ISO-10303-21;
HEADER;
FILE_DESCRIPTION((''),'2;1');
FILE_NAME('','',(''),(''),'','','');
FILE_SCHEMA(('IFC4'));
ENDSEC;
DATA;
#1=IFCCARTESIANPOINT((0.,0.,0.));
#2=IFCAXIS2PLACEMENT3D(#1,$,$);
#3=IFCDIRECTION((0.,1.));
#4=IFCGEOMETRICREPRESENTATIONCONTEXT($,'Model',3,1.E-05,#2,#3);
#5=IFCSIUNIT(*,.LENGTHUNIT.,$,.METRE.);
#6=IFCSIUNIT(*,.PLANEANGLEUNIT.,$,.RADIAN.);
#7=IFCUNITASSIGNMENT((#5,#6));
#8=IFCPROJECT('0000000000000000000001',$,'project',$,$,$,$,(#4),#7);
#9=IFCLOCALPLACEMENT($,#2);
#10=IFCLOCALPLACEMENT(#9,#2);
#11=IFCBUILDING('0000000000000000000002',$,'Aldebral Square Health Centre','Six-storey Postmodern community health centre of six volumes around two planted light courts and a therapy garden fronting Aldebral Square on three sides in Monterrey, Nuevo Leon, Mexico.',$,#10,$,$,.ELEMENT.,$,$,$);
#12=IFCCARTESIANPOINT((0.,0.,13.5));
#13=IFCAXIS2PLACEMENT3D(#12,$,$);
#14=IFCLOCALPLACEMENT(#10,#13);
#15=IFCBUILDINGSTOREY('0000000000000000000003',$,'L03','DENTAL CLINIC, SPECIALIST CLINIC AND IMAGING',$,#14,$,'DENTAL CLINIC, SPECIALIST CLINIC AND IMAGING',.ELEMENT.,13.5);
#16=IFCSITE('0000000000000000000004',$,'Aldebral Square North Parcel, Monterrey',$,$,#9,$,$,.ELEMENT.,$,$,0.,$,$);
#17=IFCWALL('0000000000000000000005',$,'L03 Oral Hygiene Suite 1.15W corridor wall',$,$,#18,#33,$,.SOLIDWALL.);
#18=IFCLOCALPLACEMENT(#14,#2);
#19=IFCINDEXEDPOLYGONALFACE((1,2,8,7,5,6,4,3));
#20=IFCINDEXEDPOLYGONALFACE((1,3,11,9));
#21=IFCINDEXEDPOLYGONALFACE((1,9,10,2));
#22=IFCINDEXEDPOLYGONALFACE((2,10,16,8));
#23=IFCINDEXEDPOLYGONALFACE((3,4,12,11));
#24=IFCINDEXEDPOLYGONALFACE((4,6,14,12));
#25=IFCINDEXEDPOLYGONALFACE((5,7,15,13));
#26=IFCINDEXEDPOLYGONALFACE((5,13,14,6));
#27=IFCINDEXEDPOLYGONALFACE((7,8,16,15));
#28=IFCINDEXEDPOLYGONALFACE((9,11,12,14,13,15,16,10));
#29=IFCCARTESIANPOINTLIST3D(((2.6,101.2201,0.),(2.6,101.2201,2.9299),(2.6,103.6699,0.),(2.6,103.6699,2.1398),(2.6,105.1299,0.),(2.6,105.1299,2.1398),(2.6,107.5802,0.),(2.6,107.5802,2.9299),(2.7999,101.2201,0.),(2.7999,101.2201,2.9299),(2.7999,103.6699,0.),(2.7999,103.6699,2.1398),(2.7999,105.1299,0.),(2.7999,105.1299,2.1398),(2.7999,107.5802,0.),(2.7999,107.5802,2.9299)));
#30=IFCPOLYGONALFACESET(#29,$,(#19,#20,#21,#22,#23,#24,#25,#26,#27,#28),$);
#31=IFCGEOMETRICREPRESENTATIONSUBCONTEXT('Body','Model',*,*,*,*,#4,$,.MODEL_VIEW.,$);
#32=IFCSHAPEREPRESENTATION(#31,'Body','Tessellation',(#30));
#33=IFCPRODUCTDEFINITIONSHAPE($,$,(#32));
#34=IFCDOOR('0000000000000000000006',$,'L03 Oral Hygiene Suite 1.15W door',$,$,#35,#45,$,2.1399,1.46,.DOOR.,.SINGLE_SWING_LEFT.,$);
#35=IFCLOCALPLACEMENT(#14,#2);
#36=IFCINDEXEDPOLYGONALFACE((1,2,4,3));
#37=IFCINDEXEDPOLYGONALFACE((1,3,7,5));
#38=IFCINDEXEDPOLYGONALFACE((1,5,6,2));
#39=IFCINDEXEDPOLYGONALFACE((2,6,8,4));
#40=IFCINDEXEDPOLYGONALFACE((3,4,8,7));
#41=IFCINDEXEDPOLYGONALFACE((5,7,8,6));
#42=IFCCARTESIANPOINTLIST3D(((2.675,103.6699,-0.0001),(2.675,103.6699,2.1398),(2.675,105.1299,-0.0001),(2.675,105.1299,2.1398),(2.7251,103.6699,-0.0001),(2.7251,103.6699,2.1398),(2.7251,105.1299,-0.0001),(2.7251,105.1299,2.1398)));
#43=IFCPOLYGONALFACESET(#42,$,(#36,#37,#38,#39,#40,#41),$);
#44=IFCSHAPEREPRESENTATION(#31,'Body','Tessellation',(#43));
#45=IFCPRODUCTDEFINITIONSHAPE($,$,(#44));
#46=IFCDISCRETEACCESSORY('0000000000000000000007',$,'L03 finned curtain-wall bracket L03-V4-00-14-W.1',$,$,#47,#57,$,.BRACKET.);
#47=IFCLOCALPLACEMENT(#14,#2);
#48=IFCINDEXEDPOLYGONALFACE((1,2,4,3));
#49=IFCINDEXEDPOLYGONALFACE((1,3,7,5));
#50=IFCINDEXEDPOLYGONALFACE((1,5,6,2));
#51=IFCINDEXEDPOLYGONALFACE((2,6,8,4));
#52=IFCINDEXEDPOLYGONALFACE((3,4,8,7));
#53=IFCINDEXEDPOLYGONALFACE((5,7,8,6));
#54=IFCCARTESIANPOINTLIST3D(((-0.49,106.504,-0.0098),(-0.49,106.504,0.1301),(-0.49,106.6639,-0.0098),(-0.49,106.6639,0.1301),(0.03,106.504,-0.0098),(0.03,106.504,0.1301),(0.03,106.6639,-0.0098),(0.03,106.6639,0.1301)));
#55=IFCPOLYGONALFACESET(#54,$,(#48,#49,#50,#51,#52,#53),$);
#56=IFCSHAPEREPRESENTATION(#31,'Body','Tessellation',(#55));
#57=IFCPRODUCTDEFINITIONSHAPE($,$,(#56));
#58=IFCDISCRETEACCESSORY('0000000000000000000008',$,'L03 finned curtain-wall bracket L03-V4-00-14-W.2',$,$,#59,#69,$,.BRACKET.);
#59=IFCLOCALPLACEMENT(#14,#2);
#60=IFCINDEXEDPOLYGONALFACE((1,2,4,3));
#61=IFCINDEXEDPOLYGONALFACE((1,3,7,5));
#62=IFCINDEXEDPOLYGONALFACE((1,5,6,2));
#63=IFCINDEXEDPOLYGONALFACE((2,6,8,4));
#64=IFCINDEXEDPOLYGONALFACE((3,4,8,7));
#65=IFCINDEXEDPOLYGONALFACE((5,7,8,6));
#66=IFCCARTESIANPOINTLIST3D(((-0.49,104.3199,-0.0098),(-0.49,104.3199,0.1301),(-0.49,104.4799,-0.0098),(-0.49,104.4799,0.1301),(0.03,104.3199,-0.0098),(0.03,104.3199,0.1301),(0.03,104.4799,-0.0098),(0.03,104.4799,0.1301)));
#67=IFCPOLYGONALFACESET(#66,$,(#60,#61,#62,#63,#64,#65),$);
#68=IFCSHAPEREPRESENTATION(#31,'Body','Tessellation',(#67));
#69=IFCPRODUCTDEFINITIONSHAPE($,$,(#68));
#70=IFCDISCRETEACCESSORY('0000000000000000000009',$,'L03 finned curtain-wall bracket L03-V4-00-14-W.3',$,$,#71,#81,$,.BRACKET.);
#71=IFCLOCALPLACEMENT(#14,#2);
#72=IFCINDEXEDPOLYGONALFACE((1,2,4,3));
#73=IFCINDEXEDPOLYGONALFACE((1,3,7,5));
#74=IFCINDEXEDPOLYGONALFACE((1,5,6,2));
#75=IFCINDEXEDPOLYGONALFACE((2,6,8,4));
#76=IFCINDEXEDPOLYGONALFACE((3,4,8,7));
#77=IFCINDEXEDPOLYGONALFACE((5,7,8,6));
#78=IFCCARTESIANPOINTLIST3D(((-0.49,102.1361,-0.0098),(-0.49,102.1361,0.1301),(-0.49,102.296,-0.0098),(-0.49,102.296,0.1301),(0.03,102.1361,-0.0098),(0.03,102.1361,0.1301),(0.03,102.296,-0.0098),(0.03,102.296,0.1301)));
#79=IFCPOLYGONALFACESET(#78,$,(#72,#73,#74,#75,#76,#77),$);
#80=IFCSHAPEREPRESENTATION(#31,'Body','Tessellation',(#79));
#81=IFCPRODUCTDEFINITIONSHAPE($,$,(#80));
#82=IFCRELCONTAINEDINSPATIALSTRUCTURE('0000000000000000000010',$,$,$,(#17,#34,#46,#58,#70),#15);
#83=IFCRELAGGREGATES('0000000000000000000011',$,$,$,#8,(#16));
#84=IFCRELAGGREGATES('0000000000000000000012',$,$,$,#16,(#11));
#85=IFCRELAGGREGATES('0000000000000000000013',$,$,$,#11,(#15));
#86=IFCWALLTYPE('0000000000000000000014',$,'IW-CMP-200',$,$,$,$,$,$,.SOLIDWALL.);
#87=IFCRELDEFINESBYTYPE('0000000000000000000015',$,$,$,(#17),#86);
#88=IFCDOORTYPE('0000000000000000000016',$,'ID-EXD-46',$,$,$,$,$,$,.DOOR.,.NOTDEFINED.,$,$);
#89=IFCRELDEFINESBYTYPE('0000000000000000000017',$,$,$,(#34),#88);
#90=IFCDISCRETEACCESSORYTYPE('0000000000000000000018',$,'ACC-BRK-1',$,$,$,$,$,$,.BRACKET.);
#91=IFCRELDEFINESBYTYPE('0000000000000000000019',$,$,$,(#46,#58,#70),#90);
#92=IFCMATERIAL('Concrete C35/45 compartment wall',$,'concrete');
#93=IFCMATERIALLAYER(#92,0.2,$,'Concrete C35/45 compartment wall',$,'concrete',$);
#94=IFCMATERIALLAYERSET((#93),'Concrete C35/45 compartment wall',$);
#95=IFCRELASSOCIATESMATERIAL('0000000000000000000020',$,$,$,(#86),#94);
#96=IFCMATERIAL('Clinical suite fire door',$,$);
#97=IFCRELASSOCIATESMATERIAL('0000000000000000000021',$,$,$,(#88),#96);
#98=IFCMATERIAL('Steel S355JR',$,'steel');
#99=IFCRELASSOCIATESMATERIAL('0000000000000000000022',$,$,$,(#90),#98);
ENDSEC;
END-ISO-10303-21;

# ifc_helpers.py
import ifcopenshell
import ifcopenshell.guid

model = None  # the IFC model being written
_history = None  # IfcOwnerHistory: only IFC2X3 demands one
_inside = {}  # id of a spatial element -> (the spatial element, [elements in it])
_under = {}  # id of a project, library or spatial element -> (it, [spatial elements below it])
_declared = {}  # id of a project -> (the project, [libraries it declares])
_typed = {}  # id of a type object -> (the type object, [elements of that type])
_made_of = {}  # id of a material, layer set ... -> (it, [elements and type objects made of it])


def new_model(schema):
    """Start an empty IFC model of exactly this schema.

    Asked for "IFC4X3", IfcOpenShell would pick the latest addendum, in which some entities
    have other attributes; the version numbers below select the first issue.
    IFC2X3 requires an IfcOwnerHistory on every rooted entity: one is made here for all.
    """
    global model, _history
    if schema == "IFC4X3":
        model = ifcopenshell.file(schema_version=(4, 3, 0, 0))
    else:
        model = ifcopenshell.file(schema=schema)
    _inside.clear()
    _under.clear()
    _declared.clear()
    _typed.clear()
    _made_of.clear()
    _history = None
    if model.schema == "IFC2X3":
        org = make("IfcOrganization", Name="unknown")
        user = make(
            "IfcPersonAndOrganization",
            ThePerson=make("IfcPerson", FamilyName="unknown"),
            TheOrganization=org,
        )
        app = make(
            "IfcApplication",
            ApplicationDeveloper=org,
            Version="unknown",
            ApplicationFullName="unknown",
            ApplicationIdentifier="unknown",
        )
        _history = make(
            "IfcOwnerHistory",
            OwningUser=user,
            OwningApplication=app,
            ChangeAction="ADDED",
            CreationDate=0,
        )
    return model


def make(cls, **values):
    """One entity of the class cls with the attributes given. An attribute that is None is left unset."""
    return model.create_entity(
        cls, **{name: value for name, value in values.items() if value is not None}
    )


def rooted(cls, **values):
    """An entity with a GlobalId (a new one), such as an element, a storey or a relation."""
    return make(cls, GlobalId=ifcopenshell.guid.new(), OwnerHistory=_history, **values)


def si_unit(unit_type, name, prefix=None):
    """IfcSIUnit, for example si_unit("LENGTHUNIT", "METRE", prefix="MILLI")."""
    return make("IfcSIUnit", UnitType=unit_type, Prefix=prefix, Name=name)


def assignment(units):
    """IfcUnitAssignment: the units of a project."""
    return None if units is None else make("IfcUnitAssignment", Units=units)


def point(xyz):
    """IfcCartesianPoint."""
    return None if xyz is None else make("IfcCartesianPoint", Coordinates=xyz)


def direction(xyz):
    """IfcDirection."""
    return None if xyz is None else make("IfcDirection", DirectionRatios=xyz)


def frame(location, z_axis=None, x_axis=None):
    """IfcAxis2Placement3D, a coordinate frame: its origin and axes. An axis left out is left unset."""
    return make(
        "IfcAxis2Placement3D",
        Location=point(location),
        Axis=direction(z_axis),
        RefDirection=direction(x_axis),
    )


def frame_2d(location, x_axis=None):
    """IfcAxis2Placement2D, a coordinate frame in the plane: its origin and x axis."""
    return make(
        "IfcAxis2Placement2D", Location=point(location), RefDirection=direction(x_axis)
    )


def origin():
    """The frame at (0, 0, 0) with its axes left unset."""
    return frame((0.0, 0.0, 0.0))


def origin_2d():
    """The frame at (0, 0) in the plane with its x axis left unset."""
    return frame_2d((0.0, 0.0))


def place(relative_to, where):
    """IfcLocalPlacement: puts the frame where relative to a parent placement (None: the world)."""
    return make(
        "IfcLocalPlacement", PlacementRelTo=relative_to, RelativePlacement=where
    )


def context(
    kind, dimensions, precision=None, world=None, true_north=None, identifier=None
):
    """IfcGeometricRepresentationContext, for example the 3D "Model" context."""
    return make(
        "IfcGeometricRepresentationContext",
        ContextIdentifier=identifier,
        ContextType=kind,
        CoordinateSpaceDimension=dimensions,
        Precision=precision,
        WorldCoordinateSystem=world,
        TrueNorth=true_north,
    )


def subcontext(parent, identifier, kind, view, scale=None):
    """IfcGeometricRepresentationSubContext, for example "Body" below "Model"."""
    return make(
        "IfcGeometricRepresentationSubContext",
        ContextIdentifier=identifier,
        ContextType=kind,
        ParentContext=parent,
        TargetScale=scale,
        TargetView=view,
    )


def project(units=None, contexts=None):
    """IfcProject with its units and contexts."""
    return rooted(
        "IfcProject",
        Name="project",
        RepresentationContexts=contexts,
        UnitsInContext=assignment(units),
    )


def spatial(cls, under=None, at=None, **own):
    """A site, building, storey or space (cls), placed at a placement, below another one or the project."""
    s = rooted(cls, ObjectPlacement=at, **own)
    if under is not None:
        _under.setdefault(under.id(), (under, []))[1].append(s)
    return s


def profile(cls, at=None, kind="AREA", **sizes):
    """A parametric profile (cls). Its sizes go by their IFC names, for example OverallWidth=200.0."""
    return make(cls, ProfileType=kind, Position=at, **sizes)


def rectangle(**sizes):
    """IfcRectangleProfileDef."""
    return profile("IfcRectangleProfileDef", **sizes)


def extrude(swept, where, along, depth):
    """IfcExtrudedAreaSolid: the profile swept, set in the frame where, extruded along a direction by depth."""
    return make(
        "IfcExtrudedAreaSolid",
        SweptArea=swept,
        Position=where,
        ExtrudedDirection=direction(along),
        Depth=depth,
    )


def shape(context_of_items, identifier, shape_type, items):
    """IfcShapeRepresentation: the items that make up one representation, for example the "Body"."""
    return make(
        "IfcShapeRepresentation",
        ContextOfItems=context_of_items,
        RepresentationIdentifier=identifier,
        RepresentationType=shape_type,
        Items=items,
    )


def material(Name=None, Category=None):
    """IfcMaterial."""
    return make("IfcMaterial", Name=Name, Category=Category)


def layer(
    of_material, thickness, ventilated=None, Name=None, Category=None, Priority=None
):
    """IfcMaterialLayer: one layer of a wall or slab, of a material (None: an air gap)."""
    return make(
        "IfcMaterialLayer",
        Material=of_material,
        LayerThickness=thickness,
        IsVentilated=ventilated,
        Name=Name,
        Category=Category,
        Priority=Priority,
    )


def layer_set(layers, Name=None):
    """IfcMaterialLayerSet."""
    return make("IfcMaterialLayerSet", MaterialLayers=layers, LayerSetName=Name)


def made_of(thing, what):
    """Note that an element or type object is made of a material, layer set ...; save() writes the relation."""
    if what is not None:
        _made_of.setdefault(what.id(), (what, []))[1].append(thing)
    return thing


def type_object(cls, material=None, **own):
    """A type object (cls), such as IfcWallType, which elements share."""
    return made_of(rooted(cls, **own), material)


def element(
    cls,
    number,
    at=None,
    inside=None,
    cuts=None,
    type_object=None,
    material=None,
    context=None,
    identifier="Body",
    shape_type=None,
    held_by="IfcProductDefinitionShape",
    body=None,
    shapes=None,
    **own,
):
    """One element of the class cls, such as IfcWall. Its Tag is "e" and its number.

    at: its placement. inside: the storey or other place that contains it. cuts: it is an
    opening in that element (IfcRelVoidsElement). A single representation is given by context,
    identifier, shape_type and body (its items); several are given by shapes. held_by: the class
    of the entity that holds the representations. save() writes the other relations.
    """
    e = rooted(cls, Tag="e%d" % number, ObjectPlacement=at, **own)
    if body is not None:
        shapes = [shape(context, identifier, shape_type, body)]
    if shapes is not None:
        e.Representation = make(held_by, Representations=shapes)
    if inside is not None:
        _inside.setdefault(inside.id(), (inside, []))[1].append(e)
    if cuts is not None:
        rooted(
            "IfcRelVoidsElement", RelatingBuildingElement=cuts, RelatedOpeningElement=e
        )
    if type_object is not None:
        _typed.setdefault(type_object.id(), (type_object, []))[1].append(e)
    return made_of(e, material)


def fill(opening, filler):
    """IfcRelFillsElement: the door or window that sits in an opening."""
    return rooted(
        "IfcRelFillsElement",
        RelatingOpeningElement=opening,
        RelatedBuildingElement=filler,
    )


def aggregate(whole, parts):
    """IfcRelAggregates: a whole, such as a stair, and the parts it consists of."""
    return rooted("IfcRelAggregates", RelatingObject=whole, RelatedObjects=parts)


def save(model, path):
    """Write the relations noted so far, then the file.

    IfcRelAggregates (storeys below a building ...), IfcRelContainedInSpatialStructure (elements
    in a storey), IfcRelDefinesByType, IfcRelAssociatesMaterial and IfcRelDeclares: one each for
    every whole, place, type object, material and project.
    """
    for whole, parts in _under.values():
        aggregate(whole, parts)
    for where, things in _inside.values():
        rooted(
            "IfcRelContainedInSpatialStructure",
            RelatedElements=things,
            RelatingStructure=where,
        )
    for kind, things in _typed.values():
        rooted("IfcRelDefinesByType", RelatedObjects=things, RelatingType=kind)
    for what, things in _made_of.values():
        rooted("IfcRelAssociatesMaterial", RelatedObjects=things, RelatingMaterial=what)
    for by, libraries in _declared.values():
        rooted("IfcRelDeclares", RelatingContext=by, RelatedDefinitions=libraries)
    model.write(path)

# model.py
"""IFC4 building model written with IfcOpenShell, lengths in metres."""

from ifc_helpers import new_model, si_unit, direction, frame, frame_2d, origin, origin_2d, place, context, subcontext, project, spatial, rectangle, extrude, material, layer, layer_set, type_object, element, fill, save


model = new_model("IFC4")

# Units and contexts
model_context = context("Model", 3, precision=1e-05, world=origin(), true_north=direction((0.0, 1.0)))
body_context = subcontext(model_context, "Body", "Model", "MODEL_VIEW")
ifc_project = project(units=[si_unit("LENGTHUNIT", "METRE"), si_unit("PLANEANGLEUNIT", "RADIAN")], contexts=[model_context])

# Site, building, storey
site_placement = place(None, origin())
site = spatial("IfcSite", under=ifc_project, at=site_placement, Name="Aldebral Square North Parcel, Monterrey", CompositionType="ELEMENT", RefElevation=0.0)
building_placement = place(site_placement, origin())
building = spatial("IfcBuilding", under=site, at=building_placement, Name="Aldebral Square Health Centre", Description="Six-storey Postmodern community health centre of six volumes around two planted light courts and a therapy garden fronting Aldebral Square on three sides in Monterrey, Nuevo Leon, Mexico.", CompositionType="ELEMENT")
storey_placement = place(building_placement, frame((0.0, 0.0, 13.5)))
storey = spatial("IfcBuildingStorey", under=building, at=storey_placement, Name="L03", Description="DENTAL CLINIC, SPECIALIST CLINIC AND IMAGING", LongName="DENTAL CLINIC, SPECIALIST CLINIC AND IMAGING", CompositionType="ELEMENT", Elevation=13.5)

# Wall, opening, door
ifc_material_1 = material(Name="Concrete C35/45 compartment wall", Category="concrete")
ifc_layer_1 = layer(ifc_material_1, 0.2, Name="Concrete C35/45 compartment wall", Category="concrete")
ifc_layer_set_1 = layer_set([ifc_layer_1], Name="Concrete C35/45 compartment wall")
wall_type_1 = type_object("IfcWallType", Name="IW-CMP-200", PredefinedType="SOLIDWALL", material=ifc_layer_set_1)
wall_1_placement = place(storey_placement, frame((2.7, 101.22, 0.0), z_axis=(0.0, 0.0, 1.0), x_axis=(0.0, 1.0, 0.0)))
wall_1 = element("IfcWall", 1, at=wall_1_placement, inside=storey, type_object=wall_type_1, Name="L03 Oral Hygiene Suite 1.15W corridor wall", PredefinedType="SOLIDWALL", context=body_context, shape_type="SweptSolid", body=[
    extrude(rectangle(XDim=6.3601, YDim=0.2, at=frame_2d((3.1802, 0.0))), origin(), (0.0, 0.0, 1.0), 2.9299),
])
opening_placement = place(wall_1_placement, frame((2.45, 0.0, 0.0)))
opening = element("IfcOpeningElement", 2, at=opening_placement, cuts=wall_1, PredefinedType="OPENING", context=body_context, shape_type="SweptSolid", body=[
    extrude(rectangle(XDim=1.46, YDim=2.1399, at=frame_2d((0.73, 1.0698))), frame((0.0, 0.1099, 0.0), z_axis=(0.0, -1.0, 0.0), x_axis=(1.0, 0.0, 0.0)), (0.0, 0.0, 1.0), 0.22),
])
ifc_material_2 = material(Name="Clinical suite fire door")
door_type = type_object("IfcDoorType", Name="ID-EXD-46", OperationType="NOTDEFINED", PredefinedType="DOOR", material=ifc_material_2)
door_placement = place(opening_placement, origin())
door = element("IfcDoor", 3, at=door_placement, inside=storey, type_object=door_type, Name="L03 Oral Hygiene Suite 1.15W door", OperationType="SINGLE_SWING_LEFT", OverallHeight=2.1399, OverallWidth=1.46, PredefinedType="DOOR", context=body_context, shape_type="SweptSolid", body=[
    extrude(rectangle(XDim=1.46, YDim=2.1399, at=frame_2d((0.73, 1.0698))), frame((0.0, 0.0249, 0.0), z_axis=(0.0, -1.0, 0.0), x_axis=(1.0, 0.0, 0.0)), (0.0, 0.0, 1.0), 0.05),
])
fill(opening, door)

# Discrete accessories
ifc_material_3 = material(Name="Steel S355JR", Category="steel")
discrete_accessory_type = type_object("IfcDiscreteAccessoryType", Name="ACC-BRK-1", PredefinedType="BRACKET", material=ifc_material_3)
for number, where, z_axis, x_axis, name in (
    (4, (-0.23, 106.584, -0.0098), (0.0, 0.0, 1.0), (0.0, 1.0, 0.0), "L03 finned curtain-wall bracket L03-V4-00-14-W.1"),
    (5, (-0.23, 104.3999, -0.0098), (0.0, 0.0, 1.0), (0.0, 1.0, 0.0), "L03 finned curtain-wall bracket L03-V4-00-14-W.2"),
    (6, (-0.23, 102.2161, -0.0098), (0.0, 0.0, 1.0), (0.0, 1.0, 0.0), "L03 finned curtain-wall bracket L03-V4-00-14-W.3"),
):
    element("IfcDiscreteAccessory", number, at=place(storey_placement, frame(where, z_axis=z_axis, x_axis=x_axis)), inside=storey, type_object=discrete_accessory_type, Name=name, PredefinedType="BRACKET", context=body_context, shape_type="SweptSolid", body=[
        extrude(rectangle(XDim=0.1599, YDim=0.52, at=origin_2d()), origin(), (0.0, 0.0, 1.0), 0.1399),
    ])

save(model, "model.ifc")
